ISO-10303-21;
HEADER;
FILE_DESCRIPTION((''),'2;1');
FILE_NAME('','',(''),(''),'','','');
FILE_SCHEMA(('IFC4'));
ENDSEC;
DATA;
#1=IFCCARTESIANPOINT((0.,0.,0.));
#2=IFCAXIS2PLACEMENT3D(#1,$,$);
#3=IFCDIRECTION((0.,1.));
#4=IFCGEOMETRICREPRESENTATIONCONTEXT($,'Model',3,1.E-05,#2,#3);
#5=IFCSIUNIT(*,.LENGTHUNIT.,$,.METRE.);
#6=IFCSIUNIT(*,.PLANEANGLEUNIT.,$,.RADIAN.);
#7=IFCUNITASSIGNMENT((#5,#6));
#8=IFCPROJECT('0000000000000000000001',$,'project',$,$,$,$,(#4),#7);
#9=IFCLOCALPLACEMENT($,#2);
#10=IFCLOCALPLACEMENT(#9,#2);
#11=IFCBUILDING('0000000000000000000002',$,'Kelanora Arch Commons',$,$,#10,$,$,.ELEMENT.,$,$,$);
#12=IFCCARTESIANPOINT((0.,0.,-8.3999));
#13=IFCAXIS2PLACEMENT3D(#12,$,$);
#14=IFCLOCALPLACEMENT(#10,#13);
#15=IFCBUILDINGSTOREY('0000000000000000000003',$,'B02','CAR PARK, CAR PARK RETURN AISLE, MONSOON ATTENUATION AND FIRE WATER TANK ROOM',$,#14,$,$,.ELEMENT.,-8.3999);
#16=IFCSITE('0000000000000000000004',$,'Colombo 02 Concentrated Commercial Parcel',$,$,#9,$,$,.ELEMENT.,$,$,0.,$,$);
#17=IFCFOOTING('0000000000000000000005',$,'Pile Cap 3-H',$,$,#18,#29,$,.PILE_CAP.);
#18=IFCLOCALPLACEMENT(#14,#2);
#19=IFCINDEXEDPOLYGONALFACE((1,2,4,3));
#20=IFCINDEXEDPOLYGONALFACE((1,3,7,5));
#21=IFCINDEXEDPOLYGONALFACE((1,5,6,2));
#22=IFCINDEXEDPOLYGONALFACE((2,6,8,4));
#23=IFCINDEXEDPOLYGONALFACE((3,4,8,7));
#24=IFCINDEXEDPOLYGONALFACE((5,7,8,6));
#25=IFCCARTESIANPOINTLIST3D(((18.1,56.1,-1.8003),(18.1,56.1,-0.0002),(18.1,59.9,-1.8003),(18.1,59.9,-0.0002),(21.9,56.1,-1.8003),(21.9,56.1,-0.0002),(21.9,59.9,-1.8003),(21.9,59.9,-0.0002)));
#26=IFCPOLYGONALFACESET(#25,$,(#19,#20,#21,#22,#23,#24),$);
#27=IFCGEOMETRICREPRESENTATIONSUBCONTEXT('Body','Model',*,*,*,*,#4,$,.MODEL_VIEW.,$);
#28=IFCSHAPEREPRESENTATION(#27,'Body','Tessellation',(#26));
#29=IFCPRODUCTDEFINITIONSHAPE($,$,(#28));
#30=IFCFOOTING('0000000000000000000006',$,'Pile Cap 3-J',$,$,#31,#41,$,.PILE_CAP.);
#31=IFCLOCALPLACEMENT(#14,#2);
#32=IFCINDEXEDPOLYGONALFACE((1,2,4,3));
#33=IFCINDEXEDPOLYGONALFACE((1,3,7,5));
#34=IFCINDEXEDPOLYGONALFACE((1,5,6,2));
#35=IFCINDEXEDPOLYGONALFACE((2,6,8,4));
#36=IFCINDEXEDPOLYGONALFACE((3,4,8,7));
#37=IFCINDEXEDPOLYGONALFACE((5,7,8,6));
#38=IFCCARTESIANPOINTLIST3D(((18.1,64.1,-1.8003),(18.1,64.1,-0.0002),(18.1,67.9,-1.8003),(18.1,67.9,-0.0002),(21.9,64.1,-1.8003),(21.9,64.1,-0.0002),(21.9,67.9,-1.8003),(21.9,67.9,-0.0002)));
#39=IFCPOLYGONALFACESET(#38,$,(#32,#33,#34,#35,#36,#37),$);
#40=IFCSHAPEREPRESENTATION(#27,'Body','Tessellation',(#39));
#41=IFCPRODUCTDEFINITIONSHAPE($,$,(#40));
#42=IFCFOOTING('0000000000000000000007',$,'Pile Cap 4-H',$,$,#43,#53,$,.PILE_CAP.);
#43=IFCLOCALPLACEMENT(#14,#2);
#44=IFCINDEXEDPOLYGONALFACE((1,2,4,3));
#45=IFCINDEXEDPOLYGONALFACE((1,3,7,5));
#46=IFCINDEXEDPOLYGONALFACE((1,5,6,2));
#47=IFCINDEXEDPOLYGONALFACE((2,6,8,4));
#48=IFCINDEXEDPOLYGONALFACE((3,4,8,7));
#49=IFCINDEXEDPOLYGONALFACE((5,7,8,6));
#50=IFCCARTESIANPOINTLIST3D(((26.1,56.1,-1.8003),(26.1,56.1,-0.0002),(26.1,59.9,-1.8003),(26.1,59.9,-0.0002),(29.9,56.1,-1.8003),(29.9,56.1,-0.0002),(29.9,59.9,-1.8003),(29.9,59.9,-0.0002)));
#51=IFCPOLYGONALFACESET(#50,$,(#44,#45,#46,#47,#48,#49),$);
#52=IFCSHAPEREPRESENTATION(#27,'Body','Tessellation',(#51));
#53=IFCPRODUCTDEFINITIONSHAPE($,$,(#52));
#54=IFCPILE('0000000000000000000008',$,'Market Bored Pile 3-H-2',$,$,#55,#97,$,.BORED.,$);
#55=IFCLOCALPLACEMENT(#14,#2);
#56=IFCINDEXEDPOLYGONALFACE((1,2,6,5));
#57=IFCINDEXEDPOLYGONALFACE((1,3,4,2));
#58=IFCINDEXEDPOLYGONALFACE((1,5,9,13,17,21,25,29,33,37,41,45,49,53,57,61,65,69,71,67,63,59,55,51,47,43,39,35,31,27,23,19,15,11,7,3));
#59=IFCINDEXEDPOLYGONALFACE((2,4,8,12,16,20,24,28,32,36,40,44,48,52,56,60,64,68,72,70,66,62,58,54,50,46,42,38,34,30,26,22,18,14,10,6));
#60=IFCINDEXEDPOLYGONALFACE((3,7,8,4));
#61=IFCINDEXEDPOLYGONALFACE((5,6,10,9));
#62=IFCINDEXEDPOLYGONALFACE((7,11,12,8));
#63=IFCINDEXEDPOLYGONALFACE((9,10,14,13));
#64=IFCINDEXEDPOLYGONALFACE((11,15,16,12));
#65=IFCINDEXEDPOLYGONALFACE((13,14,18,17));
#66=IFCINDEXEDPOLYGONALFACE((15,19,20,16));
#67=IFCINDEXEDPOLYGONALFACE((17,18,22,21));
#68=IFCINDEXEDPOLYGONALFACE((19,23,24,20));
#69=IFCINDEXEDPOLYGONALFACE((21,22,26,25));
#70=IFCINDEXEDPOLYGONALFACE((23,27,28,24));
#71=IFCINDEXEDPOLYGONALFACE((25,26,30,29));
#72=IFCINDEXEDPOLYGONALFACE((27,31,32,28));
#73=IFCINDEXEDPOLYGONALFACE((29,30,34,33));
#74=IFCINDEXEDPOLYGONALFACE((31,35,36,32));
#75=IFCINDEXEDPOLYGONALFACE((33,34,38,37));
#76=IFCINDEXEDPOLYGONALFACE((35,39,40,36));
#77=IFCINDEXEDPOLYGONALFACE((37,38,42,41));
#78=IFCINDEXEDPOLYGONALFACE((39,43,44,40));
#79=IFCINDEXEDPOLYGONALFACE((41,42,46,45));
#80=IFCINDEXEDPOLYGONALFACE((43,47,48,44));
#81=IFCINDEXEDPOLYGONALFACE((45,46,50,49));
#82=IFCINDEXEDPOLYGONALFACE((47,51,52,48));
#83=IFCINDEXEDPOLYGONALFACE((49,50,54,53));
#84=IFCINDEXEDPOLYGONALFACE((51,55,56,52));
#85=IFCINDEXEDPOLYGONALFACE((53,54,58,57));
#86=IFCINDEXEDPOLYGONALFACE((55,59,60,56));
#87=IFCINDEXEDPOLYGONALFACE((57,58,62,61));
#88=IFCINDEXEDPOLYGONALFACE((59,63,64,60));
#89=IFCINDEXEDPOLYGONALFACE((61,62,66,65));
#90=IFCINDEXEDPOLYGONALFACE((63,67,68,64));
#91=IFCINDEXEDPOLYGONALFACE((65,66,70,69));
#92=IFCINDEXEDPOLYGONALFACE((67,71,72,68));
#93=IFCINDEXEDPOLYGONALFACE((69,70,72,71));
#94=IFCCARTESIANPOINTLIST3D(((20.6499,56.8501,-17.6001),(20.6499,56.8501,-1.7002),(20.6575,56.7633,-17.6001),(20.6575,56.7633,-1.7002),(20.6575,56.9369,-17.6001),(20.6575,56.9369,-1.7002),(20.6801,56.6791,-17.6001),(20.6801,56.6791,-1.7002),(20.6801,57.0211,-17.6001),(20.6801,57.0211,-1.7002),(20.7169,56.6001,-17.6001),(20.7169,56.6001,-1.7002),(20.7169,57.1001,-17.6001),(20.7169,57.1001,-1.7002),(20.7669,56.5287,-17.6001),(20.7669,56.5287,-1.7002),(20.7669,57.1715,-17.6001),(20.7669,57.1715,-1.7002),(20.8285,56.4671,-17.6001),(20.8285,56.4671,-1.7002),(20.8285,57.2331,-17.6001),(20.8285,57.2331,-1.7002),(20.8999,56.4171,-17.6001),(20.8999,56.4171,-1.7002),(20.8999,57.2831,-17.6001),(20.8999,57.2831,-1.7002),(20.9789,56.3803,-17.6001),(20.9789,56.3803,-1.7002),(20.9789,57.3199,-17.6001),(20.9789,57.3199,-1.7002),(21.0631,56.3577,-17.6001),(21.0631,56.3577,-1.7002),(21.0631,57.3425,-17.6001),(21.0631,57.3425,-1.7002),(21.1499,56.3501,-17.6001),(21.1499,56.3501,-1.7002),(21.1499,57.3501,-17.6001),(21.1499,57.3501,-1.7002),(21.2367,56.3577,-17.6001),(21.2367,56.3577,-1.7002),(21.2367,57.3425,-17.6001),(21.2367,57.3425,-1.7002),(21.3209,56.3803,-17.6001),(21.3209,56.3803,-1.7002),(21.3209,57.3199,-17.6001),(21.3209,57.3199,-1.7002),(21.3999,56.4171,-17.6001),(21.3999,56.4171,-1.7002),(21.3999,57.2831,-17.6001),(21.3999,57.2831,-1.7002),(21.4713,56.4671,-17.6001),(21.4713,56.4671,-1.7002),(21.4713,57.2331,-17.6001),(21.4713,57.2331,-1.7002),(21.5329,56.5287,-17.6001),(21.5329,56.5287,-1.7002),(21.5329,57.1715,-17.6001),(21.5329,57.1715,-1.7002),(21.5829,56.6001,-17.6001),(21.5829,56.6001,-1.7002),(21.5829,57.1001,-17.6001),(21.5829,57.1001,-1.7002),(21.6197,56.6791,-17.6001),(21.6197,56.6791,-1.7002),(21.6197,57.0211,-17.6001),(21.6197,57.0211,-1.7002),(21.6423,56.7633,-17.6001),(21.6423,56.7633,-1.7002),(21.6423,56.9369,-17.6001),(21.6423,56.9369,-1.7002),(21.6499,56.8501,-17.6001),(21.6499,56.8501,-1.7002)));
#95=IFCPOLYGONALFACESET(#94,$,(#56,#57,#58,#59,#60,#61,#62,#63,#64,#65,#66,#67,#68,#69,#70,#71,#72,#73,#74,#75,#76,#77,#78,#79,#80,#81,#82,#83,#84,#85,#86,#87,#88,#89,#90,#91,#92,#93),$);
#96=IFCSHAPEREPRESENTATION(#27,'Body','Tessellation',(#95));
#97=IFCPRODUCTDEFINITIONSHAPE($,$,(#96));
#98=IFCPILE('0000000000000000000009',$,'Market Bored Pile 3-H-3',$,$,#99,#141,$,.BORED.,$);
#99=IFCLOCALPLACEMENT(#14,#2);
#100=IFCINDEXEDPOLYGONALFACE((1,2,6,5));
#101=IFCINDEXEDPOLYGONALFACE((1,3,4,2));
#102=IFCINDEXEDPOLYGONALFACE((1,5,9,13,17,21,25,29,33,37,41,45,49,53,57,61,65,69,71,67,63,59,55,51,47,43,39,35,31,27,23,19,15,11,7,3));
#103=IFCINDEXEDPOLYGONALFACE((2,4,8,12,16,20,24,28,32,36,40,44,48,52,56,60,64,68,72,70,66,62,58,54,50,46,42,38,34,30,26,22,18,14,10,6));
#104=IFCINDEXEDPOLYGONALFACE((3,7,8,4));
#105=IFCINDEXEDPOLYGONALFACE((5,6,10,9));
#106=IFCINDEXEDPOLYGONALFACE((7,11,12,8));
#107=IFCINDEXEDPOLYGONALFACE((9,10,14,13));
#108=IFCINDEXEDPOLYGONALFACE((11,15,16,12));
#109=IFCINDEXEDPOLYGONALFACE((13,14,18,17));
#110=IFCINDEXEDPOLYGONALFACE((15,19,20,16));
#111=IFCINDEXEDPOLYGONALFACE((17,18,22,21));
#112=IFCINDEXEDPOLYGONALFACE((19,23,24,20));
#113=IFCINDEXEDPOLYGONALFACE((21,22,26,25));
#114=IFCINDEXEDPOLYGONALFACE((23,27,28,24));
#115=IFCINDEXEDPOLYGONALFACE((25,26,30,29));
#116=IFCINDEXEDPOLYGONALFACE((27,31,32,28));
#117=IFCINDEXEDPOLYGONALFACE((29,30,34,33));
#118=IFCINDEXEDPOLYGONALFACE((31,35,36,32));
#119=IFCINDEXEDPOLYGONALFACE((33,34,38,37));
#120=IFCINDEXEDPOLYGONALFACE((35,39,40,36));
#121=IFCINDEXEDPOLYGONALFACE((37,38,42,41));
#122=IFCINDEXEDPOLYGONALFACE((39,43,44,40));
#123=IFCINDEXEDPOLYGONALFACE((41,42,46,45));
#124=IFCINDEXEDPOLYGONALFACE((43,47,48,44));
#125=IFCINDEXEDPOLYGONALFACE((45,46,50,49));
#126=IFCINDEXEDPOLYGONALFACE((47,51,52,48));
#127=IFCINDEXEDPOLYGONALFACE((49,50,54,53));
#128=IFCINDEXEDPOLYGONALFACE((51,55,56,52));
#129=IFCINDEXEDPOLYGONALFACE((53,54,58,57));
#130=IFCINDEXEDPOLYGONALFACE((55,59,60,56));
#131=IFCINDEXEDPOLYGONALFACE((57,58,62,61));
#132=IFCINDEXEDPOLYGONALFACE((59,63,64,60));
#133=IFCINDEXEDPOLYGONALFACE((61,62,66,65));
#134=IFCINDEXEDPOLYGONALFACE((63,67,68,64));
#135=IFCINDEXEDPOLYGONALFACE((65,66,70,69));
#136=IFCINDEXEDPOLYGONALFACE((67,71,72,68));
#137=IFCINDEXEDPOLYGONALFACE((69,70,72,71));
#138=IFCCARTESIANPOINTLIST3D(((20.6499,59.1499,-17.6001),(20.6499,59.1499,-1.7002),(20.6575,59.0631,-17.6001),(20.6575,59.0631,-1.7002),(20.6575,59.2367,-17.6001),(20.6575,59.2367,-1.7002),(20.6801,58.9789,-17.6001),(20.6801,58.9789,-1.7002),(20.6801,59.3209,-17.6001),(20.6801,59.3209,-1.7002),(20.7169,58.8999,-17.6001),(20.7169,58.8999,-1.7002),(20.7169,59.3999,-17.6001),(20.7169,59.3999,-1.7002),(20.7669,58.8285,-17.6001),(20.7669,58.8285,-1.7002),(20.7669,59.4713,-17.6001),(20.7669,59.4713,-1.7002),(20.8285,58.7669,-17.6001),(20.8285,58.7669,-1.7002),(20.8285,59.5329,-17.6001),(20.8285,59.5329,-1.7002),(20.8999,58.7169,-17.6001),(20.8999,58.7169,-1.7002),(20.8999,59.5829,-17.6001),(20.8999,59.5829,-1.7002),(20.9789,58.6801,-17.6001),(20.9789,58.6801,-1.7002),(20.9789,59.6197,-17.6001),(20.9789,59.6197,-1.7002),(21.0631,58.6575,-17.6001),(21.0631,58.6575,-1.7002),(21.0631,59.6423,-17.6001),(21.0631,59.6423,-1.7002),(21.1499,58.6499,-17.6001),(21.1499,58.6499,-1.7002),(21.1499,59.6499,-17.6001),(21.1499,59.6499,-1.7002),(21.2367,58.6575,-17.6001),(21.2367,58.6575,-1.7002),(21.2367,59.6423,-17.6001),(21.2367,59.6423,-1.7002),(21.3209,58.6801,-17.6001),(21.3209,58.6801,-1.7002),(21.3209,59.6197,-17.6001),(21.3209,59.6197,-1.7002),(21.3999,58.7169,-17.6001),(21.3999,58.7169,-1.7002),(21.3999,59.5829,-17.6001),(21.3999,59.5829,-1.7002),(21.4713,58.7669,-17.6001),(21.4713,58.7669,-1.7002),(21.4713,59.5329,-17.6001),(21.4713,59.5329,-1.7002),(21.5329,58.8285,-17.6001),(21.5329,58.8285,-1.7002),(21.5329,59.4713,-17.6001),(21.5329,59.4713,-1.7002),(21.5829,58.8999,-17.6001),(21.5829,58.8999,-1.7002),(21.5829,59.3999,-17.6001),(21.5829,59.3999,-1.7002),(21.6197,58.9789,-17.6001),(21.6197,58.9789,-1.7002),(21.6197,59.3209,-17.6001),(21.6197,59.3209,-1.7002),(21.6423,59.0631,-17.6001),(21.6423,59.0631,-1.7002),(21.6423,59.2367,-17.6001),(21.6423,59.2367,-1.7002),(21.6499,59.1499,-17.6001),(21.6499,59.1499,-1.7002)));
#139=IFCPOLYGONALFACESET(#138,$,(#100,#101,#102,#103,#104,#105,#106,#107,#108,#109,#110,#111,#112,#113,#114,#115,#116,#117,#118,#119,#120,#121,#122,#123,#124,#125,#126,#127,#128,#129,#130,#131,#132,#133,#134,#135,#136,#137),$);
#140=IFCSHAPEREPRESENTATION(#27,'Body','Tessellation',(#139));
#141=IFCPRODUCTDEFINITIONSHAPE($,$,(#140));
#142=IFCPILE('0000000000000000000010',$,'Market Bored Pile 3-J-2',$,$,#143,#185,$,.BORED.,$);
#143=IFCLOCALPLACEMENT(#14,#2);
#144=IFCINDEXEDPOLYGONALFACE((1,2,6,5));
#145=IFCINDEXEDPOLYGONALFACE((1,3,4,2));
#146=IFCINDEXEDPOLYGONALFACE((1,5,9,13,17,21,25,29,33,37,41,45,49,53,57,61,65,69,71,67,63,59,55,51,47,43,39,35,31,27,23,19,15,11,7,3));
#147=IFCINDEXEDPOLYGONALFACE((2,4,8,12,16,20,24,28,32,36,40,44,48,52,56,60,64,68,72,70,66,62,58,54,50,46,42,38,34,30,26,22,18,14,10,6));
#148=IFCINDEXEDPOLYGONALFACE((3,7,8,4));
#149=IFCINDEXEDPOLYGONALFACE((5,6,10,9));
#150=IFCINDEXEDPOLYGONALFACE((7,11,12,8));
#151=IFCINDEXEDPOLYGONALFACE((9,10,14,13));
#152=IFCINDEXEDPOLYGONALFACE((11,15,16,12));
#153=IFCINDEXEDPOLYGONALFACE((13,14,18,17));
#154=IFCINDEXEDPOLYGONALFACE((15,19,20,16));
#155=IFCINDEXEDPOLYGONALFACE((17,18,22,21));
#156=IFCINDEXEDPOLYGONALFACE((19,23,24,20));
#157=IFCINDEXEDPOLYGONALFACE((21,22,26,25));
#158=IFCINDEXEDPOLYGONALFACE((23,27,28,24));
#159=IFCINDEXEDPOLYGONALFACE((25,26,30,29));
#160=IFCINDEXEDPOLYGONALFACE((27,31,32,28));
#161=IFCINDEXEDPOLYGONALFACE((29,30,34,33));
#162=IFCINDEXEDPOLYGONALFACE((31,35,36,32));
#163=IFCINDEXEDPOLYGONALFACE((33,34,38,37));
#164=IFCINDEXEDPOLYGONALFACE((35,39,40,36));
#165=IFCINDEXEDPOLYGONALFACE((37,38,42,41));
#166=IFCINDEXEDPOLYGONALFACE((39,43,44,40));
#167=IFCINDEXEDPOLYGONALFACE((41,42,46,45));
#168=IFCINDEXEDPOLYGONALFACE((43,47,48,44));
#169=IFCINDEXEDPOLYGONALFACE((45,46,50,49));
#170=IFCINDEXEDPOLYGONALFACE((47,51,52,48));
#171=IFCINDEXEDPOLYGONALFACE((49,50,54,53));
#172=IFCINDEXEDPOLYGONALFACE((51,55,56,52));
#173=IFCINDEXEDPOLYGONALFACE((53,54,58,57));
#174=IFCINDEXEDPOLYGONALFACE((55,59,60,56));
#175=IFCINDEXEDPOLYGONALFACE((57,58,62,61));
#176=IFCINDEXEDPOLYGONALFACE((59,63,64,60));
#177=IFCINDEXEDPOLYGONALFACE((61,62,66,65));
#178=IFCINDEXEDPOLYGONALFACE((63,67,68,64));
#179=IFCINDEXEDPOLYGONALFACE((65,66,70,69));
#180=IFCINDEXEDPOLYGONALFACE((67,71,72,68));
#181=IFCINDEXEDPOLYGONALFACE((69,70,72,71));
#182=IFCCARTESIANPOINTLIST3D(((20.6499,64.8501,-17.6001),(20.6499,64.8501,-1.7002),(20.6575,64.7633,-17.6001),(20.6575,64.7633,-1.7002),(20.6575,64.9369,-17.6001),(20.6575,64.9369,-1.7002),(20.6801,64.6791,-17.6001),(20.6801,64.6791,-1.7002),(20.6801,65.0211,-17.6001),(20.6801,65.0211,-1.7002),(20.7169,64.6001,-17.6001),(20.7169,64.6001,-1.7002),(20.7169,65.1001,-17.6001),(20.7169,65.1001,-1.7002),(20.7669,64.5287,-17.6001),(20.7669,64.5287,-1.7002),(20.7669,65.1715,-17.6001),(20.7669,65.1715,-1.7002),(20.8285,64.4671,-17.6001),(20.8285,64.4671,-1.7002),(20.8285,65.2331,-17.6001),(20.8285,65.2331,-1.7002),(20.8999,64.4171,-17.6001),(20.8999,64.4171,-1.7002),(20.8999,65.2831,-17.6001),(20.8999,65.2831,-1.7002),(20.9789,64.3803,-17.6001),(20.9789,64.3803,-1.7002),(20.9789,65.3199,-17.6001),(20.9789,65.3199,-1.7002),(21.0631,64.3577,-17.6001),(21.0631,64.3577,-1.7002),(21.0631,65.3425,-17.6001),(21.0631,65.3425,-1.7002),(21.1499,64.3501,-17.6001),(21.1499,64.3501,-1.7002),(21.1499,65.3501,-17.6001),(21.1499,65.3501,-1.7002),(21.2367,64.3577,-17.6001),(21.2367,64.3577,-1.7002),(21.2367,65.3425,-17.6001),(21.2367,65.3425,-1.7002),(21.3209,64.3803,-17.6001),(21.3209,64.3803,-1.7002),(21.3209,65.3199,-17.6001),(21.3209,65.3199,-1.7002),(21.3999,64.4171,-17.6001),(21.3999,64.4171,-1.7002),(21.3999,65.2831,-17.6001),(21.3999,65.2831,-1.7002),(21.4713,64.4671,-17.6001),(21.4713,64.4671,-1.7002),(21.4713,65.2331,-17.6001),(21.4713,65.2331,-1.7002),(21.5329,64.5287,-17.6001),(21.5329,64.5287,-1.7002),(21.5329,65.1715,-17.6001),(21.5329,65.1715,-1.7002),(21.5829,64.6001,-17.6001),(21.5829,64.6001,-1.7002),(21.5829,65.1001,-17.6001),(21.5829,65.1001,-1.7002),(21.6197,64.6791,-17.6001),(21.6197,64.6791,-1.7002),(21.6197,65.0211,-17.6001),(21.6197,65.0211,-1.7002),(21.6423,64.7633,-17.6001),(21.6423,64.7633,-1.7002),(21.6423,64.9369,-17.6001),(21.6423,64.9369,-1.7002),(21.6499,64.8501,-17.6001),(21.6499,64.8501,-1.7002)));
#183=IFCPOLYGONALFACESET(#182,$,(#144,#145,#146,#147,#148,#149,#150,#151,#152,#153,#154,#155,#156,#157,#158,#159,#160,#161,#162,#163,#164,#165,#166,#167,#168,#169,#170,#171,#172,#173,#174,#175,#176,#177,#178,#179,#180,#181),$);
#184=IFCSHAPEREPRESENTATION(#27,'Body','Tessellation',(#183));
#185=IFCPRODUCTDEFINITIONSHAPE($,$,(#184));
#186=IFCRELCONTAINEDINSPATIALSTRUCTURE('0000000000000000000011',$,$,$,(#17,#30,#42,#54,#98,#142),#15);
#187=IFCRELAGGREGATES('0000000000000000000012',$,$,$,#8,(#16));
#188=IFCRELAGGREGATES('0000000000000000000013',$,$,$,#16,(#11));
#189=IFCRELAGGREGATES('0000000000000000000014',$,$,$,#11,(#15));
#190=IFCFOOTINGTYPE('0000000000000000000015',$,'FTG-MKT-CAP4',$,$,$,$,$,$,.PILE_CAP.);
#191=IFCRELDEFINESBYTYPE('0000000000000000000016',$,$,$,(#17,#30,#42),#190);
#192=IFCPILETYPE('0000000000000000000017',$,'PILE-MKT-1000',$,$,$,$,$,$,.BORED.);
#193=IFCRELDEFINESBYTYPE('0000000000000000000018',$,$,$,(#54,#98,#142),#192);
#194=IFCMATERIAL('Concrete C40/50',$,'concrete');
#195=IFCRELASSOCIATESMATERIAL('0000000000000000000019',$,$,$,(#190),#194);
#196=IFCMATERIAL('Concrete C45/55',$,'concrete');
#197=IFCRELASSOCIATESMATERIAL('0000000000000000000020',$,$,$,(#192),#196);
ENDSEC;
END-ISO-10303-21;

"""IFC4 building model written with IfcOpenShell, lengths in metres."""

from ifc_helpers import new_model, si_unit, direction, frame, origin, origin_2d, place, context, subcontext, project, spatial, rectangle, circle, extrude, source, transform, mapped, material, material_profile, profile_set, type_object, element, save


model = new_model("IFC4")

# Units and contexts
model_context = context("Model", 3, precision=1e-05, world=origin(), true_north=direction((0.0, 1.0)))
body_context = subcontext(model_context, "Body", "Model", "MODEL_VIEW")
ifc_project = project(units=[si_unit("LENGTHUNIT", "METRE"), si_unit("PLANEANGLEUNIT", "RADIAN")], contexts=[model_context])

# Site, building, storey
site_placement = place(None, origin())
site = spatial("IfcSite", under=ifc_project, at=site_placement, Name="Colombo 02 Concentrated Commercial Parcel", CompositionType="ELEMENT", RefElevation=0.0)
building_placement = place(site_placement, origin())
building = spatial("IfcBuilding", under=site, at=building_placement, Name="Kelanora Arch Commons", CompositionType="ELEMENT")
storey_placement = place(building_placement, frame((0.0, 0.0, -8.3999)))
storey = spatial("IfcBuildingStorey", under=building, at=storey_placement, Name="B02", Description="CAR PARK, CAR PARK RETURN AISLE, MONSOON ATTENUATION AND FIRE WATER TANK ROOM", CompositionType="ELEMENT", Elevation=-8.3999)

# Footings
ifc_material_1 = material(Name="Concrete C40/50", Category="concrete")
footing_type_1 = type_object("IfcFootingType", Name="FTG-MKT-CAP4", PredefinedType="PILE_CAP", material=ifc_material_1)
shared_shape_1 = source(origin(), body_context, "Body", "SweptSolid", [
    extrude(rectangle(XDim=3.8, YDim=3.8, at=origin_2d()), origin(), (0.0, 0.0, 1.0), 1.8),
])
for number, where, z_axis, x_axis, name in (
    (1, (20.0, 58.0, -1.8003), (0.0, 0.0, 1.0), (1.0, 0.0, 0.0), "Pile Cap 3-H"),
    (2, (20.0, 66.0, -1.8003), (0.0, 0.0, 1.0), (1.0, 0.0, 0.0), "Pile Cap 3-J"),
    (3, (28.0, 58.0, -1.8003), (0.0, 0.0, 1.0), (1.0, 0.0, 0.0), "Pile Cap 4-H"),
):
    element("IfcFooting", number, at=place(storey_placement, frame(where, z_axis=z_axis, x_axis=x_axis)), inside=storey, type_object=footing_type_1, Name=name, PredefinedType="PILE_CAP", context=body_context, shape_type="MappedRepresentation", body=[
        mapped(shared_shape_1, transform((0.0, 0.0, 0.0), scale=1.0)),
    ])

# Piles
ifc_material_2 = material(Name="Concrete C45/55", Category="concrete")
ifc_material_profile_1 = material_profile(ifc_material_2, circle(Radius=0.5, at=origin_2d()), Name="PILE1000")
ifc_profile_set_1 = profile_set([ifc_material_profile_1], Name="Concrete C45/55")
pile_type = type_object("IfcPileType", Name="PILE-MKT-1000", PredefinedType="BORED", material=ifc_profile_set_1)
shared_shape_2 = source(origin(), body_context, "Body", "SweptSolid", [
    extrude(circle(Radius=0.5, at=origin_2d()), origin(), (0.0, 0.0, 1.0), 15.8999),
])
for number, where, z_axis, x_axis, name in (
    (4, (21.1499, 56.8501, -1.7002), (0.0, 0.0, -1.0), (1.0, 0.0, 0.0), "Market Bored Pile 3-H-2"),
    (5, (21.1499, 59.1499, -1.7002), (0.0, 0.0, -1.0), (1.0, 0.0, 0.0), "Market Bored Pile 3-H-3"),
    (6, (21.1499, 64.8501, -1.7002), (0.0, 0.0, -1.0), (1.0, 0.0, 0.0), "Market Bored Pile 3-J-2"),
):
    element("IfcPile", number, at=place(storey_placement, frame(where, z_axis=z_axis, x_axis=x_axis)), inside=storey, type_object=pile_type, Name=name, PredefinedType="BORED", context=body_context, shape_type="MappedRepresentation", body=[
        mapped(shared_shape_2, transform((0.0, 0.0, 0.0), scale=1.0)),
    ])

save(model, "model.ifc")
